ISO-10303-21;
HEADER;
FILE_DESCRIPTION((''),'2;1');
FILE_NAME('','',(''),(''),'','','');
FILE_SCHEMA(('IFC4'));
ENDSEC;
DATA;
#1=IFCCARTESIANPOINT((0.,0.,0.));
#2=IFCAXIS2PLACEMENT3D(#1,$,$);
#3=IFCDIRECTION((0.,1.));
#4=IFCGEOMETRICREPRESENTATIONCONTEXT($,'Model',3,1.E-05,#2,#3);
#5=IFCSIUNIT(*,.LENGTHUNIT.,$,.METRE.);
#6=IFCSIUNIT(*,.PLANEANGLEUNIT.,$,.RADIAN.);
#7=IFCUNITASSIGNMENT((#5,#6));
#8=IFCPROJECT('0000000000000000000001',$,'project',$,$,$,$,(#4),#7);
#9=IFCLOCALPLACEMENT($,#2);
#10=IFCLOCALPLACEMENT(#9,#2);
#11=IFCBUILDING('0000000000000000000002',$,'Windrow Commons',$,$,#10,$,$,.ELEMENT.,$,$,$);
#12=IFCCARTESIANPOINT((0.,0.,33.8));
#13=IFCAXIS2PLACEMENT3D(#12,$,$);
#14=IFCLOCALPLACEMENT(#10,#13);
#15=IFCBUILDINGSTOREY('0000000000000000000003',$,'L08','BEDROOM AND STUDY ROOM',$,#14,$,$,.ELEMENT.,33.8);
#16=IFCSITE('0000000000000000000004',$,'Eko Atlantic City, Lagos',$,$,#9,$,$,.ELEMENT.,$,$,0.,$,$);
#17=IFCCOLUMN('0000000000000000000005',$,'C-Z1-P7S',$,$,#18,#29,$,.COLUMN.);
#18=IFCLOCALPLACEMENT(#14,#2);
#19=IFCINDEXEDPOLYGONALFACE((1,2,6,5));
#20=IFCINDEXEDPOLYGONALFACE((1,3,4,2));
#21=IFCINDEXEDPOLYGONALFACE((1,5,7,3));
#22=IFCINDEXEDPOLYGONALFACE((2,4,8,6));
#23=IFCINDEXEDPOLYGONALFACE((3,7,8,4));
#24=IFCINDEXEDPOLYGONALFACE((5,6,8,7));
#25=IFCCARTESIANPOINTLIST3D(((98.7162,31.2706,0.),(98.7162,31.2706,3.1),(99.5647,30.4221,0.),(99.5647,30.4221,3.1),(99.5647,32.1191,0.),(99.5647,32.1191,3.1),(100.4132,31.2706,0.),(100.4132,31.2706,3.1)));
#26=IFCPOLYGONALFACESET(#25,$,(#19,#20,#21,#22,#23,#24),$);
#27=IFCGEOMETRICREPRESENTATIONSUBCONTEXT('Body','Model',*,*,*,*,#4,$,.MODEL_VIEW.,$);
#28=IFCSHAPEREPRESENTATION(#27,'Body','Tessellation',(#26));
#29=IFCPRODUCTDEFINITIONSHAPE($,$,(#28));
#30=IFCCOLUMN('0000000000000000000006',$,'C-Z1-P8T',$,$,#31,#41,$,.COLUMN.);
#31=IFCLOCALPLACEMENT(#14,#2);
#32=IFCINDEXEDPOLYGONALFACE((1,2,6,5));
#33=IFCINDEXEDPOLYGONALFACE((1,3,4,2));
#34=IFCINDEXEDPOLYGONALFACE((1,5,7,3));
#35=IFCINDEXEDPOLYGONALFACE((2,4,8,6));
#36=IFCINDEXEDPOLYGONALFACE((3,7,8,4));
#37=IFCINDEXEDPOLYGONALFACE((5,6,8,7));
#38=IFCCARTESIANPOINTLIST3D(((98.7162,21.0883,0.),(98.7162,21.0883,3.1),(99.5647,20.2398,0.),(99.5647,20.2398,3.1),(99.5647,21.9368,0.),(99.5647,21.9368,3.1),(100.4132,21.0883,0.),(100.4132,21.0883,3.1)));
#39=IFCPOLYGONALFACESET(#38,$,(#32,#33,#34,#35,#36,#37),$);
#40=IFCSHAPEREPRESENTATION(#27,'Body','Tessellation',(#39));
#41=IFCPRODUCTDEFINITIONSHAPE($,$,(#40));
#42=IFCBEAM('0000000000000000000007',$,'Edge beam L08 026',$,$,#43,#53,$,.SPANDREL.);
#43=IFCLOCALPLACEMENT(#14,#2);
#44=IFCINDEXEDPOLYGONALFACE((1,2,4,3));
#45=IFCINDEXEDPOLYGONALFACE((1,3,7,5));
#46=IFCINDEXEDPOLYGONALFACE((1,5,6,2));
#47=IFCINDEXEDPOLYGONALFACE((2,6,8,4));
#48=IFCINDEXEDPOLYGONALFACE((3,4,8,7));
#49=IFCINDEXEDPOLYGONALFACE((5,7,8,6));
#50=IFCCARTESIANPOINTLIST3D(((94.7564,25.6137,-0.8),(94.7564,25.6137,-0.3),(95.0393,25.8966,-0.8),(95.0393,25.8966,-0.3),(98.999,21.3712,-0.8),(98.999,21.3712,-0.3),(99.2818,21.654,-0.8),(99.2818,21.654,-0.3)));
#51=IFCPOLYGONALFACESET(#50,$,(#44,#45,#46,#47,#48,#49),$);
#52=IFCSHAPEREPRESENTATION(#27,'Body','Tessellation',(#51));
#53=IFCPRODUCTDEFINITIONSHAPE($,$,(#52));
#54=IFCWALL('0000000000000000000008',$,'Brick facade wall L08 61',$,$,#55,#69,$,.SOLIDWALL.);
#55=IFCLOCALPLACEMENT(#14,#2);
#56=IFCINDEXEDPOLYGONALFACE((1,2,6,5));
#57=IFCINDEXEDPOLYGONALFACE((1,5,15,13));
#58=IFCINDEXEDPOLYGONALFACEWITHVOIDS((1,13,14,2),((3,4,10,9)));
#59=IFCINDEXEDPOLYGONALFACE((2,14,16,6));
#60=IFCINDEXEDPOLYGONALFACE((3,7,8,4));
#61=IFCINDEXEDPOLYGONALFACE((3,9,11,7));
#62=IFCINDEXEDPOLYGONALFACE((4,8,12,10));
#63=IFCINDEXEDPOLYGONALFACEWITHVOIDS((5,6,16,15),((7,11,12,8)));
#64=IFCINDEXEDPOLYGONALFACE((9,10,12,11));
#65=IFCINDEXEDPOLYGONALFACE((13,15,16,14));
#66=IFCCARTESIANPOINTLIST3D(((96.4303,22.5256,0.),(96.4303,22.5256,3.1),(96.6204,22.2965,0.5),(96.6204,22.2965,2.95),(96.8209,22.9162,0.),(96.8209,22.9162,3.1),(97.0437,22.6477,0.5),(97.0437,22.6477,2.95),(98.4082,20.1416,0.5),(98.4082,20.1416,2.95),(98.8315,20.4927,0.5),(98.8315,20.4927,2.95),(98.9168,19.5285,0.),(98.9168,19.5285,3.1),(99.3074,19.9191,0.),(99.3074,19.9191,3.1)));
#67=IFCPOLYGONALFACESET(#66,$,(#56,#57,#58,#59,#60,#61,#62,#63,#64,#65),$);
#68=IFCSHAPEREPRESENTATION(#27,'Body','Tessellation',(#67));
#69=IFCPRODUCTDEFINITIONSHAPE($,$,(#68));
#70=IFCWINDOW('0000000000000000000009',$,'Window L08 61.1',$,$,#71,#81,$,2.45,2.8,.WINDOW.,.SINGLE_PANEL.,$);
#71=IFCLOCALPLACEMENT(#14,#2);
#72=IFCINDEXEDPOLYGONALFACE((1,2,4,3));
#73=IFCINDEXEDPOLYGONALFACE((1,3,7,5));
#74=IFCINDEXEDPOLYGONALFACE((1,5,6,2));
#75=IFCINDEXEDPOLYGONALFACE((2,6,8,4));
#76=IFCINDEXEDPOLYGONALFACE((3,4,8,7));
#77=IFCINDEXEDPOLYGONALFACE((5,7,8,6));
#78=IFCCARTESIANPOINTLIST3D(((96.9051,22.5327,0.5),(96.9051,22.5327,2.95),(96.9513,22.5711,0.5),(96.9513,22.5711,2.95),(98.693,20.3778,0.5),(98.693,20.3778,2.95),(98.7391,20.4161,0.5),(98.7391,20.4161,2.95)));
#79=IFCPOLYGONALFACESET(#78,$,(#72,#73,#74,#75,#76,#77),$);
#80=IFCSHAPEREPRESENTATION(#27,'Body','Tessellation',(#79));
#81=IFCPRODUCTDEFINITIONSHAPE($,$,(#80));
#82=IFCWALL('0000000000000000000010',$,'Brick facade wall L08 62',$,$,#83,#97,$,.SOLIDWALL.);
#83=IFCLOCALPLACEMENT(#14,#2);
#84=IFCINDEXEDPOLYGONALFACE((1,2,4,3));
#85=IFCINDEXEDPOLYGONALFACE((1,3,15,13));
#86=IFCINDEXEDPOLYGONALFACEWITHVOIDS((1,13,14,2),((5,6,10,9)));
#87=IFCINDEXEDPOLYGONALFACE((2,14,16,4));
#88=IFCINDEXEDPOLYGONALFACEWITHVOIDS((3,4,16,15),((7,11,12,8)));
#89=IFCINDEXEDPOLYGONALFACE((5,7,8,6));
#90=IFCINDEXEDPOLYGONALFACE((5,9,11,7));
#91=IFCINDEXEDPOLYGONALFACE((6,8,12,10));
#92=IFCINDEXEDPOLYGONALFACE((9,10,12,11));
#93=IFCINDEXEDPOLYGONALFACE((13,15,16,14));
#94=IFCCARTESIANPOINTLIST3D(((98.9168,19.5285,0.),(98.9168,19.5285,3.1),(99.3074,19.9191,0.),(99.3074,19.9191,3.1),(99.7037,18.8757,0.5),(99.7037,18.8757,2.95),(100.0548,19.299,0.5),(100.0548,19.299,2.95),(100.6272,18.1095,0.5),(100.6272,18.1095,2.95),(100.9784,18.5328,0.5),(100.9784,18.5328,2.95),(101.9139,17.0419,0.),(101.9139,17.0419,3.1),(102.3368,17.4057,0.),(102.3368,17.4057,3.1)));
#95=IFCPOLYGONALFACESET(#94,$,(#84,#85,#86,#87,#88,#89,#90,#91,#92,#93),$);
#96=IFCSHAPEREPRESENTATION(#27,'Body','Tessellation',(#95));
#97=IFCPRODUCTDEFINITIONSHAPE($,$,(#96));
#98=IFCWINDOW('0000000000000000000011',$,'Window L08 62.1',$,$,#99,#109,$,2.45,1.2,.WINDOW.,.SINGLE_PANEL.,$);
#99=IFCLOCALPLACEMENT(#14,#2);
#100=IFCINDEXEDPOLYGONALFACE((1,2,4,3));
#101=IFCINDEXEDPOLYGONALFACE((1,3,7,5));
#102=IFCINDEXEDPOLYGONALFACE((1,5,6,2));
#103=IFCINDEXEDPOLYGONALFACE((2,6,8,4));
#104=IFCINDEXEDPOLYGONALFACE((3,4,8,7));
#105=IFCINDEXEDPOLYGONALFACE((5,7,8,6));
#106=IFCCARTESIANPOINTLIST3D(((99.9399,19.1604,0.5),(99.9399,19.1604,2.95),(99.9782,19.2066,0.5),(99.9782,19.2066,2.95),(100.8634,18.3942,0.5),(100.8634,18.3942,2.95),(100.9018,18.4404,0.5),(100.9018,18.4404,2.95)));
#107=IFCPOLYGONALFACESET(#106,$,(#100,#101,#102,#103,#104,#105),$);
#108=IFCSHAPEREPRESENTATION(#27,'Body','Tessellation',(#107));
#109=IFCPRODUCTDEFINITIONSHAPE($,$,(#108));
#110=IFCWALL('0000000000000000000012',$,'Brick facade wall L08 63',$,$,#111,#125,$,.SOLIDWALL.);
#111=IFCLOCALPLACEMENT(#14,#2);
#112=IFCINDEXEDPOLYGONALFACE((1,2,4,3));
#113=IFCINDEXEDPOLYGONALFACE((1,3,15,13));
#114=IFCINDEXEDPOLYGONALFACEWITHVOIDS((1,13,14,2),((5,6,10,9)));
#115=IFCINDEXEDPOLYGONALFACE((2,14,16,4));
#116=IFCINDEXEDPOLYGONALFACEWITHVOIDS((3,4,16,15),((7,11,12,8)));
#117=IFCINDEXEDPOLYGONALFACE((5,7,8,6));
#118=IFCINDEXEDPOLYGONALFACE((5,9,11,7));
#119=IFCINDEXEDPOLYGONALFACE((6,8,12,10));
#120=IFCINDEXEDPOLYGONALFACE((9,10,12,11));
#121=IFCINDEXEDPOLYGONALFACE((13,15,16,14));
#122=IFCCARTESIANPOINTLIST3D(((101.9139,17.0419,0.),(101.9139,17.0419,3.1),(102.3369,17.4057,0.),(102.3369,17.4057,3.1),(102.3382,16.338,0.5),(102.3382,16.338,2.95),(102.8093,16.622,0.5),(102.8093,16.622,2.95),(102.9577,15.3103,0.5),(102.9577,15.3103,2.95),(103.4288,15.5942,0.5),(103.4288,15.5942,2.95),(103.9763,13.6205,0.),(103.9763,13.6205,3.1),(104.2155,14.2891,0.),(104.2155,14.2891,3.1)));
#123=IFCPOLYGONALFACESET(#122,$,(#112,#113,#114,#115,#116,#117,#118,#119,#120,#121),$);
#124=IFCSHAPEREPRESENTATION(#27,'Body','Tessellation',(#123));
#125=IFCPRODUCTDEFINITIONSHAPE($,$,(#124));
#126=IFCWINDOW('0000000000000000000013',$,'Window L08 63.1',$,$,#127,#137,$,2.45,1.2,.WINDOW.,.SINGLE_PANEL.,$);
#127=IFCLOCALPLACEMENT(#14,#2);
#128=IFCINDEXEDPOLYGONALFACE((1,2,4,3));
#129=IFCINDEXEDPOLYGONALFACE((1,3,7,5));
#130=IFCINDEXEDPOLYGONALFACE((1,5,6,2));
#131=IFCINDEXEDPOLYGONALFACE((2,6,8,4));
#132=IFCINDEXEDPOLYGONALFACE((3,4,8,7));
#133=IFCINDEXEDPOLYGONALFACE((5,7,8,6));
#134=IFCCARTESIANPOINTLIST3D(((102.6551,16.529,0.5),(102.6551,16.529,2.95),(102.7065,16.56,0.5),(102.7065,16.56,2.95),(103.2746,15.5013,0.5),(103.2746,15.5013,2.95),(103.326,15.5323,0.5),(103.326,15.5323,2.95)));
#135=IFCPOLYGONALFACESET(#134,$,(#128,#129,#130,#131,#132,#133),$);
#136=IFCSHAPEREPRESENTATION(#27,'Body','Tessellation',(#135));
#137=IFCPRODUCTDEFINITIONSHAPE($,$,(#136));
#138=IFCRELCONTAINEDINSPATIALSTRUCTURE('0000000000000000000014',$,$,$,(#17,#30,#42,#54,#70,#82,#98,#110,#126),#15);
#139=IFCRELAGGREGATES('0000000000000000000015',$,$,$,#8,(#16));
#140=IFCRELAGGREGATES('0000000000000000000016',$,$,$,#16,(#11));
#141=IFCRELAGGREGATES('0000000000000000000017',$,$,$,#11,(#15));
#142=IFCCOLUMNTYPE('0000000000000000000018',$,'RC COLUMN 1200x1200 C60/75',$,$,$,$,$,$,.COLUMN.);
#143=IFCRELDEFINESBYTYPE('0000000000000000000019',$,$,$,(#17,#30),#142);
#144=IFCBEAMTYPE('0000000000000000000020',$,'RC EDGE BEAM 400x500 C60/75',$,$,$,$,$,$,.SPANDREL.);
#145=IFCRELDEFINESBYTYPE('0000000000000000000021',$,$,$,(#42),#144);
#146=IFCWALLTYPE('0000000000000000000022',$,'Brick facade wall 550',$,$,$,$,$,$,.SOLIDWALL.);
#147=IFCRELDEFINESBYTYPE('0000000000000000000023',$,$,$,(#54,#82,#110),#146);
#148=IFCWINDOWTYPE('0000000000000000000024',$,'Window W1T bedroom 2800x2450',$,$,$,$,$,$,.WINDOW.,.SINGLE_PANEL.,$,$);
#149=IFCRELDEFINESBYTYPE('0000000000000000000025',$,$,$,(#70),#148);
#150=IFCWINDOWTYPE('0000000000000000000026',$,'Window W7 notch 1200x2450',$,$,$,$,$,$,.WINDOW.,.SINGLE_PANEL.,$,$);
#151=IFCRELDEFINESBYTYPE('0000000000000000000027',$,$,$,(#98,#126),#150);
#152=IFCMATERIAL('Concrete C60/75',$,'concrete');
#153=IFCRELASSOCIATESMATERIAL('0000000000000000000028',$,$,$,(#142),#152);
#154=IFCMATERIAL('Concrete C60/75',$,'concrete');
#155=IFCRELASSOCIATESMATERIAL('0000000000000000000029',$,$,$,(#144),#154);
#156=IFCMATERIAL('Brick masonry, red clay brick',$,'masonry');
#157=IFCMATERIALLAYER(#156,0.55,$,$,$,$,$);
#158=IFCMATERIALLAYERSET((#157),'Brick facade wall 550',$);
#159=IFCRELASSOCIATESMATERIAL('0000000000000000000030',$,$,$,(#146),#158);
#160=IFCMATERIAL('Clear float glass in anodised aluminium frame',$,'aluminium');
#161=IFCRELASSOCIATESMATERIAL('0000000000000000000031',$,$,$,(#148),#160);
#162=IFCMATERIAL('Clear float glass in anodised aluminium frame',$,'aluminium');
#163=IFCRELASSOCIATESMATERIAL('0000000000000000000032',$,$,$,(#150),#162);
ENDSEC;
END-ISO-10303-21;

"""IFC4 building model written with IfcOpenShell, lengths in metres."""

from ifc_helpers import new_model, si_unit, direction, frame, frame_2d, origin, origin_2d, place, context, subcontext, project, spatial, polyline, rectangle, outline, extrude, material, layer, layer_set, material_profile, profile_set, type_object, element, fill, save


model = new_model("IFC4")

# Units and contexts
model_context = context("Model", 3, precision=1e-05, world=origin(), true_north=direction((0.0, 1.0)))
body_context = subcontext(model_context, "Body", "Model", "MODEL_VIEW")
ifc_project = project(units=[si_unit("LENGTHUNIT", "METRE"), si_unit("PLANEANGLEUNIT", "RADIAN")], contexts=[model_context])

# Site, building, storey
site_placement = place(None, origin())
site = spatial("IfcSite", under=ifc_project, at=site_placement, Name="Eko Atlantic City, Lagos", CompositionType="ELEMENT", RefElevation=0.0)
building_placement = place(site_placement, origin())
building = spatial("IfcBuilding", under=site, at=building_placement, Name="Windrow Commons", CompositionType="ELEMENT")
storey_placement = place(building_placement, frame((0.0, 0.0, 33.8)))
storey = spatial("IfcBuildingStorey", under=building, at=storey_placement, Name="L08", Description="BEDROOM AND STUDY ROOM", CompositionType="ELEMENT", Elevation=33.8)

# Columns
ifc_material_1 = material(Name="Concrete C60/75", Category="concrete")
ifc_material_profile_1 = material_profile(ifc_material_1, rectangle(XDim=1.2, YDim=1.2, at=origin_2d()))
ifc_profile_set_1 = profile_set([ifc_material_profile_1], Name="Concrete C60/75")
column_type = type_object("IfcColumnType", Name="RC COLUMN 1200x1200 C60/75", PredefinedType="COLUMN", material=ifc_profile_set_1)
for number, where, z_axis, x_axis, name in (
    (1, (99.5647, 31.2706, 0.0), (0.0, 0.0, 1.0), (0.707107, -0.707107, 0.0), "C-Z1-P7S"),
    (2, (99.5647, 21.0883, 0.0), (0.0, 0.0, 1.0), (0.707107, -0.707107, 0.0), "C-Z1-P8T"),
):
    element("IfcColumn", number, at=place(storey_placement, frame(where, z_axis=z_axis, x_axis=x_axis)), inside=storey, type_object=column_type, Name=name, PredefinedType="COLUMN", context=body_context, shape_type="SweptSolid", body=[
        extrude(rectangle(XDim=1.2, YDim=1.2, at=origin_2d()), origin(), (0.0, 0.0, 1.0), 3.1),
    ])

# Beam
ifc_material_2 = material(Name="Concrete C60/75", Category="concrete")
ifc_material_profile_2 = material_profile(ifc_material_2, rectangle(XDim=0.4, YDim=0.5, at=origin_2d()))
ifc_profile_set_2 = profile_set([ifc_material_profile_2], Name="Concrete C60/75")
beam_type = type_object("IfcBeamType", Name="RC EDGE BEAM 400x500 C60/75", PredefinedType="SPANDREL", material=ifc_profile_set_2)
beam_placement = place(storey_placement, frame((99.1404, 21.5126, -0.55), z_axis=(-0.707107, 0.707107, 0.0), x_axis=(-0.707107, -0.707107, 0.0)))
element("IfcBeam", 3, at=beam_placement, inside=storey, type_object=beam_type, Name="Edge beam L08 026", PredefinedType="SPANDREL", context=body_context, shape_type="SweptSolid", body=[
    extrude(rectangle(XDim=0.4, YDim=0.5, at=origin_2d()), origin(), (0.0, 0.0, 1.0), 5.9999),
])

# Walls, openings, windows
ifc_material_3 = material(Name="Brick masonry, red clay brick", Category="masonry")
ifc_layer_1 = layer(ifc_material_3, 0.55)
ifc_layer_set_1 = layer_set([ifc_layer_1], Name="Brick facade wall 550")
wall_type_1 = type_object("IfcWallType", Name="Brick facade wall 550", PredefinedType="SOLIDWALL", material=ifc_layer_set_1)
wall_1_placement = place(storey_placement, frame((96.6256, 22.7209, 0.0), z_axis=(0.0, 0.0, 1.0), x_axis=(0.638503, -0.769619, 0.0)))
wall_1 = element("IfcWall", 4, at=wall_1_placement, inside=storey, type_object=wall_type_1, Name="Brick facade wall L08 61", PredefinedType="SOLIDWALL", context=body_context, shape_type="SweptSolid", body=[
    extrude(outline(polyline([(0.0256, -0.275), (3.9199, -0.275), (3.8687, 0.275), (-0.0256, 0.275), (0.0256, -0.275)])), origin(), (0.0, 0.0, 1.0), 3.1),
])
opening_1_placement = place(wall_1_placement, frame((0.3233, 0.0, 0.5)))
opening_1 = element("IfcOpeningElement", 5, at=opening_1_placement, cuts=wall_1, PredefinedType="OPENING", context=body_context, shape_type="SweptSolid", body=[
    extrude(rectangle(XDim=2.8, YDim=2.45, at=frame_2d((1.4, 1.225))), frame((0.0, 0.285, 0.0), z_axis=(0.0, -1.0, 0.0), x_axis=(1.0, 0.0, 0.0)), (0.0, 0.0, 1.0), 0.57),
])
ifc_material_4 = material(Name="Clear float glass in anodised aluminium frame", Category="aluminium")
window_type_1 = type_object("IfcWindowType", Name="Window W1T bedroom 2800x2450", PartitioningType="SINGLE_PANEL", PredefinedType="WINDOW", material=ifc_material_4)
window_1_placement = place(opening_1_placement, origin())
window_1 = element("IfcWindow", 6, at=window_1_placement, inside=storey, type_object=window_type_1, Name="Window L08 61.1", OverallHeight=2.45, OverallWidth=2.8, PartitioningType="SINGLE_PANEL", PredefinedType="WINDOW", context=body_context, shape_type="SweptSolid", body=[
    extrude(rectangle(XDim=2.8, YDim=2.45, at=frame_2d((1.4, 1.225))), frame((0.0, 0.155, 0.0), z_axis=(0.0, -1.0, 0.0), x_axis=(1.0, 0.0, 0.0)), (0.0, 0.0, 1.0), 0.06),
])
fill(opening_1, window_1)
wall_2_placement = place(storey_placement, frame((99.1121, 19.7238, 0.0), z_axis=(0.0, 0.0, 1.0), x_axis=(0.769612, -0.638512, 0.0)))
wall_2 = element("IfcWall", 7, at=wall_2_placement, inside=storey, type_object=wall_type_1, Name="Brick facade wall L08 62", PredefinedType="SOLIDWALL", context=body_context, shape_type="SweptSolid", body=[
    extrude(outline(polyline([(-0.0256, -0.275), (3.8687, -0.275), (3.9619, 0.275), (0.0256, 0.275), (-0.0256, -0.275)])), origin(), (0.0, 0.0, 1.0), 3.1),
])
opening_2_placement = place(wall_2_placement, frame((0.9968, 0.0, 0.5)))
opening_2 = element("IfcOpeningElement", 8, at=opening_2_placement, cuts=wall_2, PredefinedType="OPENING", context=body_context, shape_type="SweptSolid", body=[
    extrude(rectangle(XDim=1.2, YDim=2.45, at=frame_2d((0.6, 1.225))), frame((0.0, 0.285, 0.0), z_axis=(0.0, -1.0, 0.0), x_axis=(1.0, 0.0, 0.0)), (0.0, 0.0, 1.0), 0.57),
])
ifc_material_5 = material(Name="Clear float glass in anodised aluminium frame", Category="aluminium")
window_type_2 = type_object("IfcWindowType", Name="Window W7 notch 1200x2450", PartitioningType="SINGLE_PANEL", PredefinedType="WINDOW", material=ifc_material_5)
window_2_placement = place(opening_2_placement, origin())
window_2 = element("IfcWindow", 9, at=window_2_placement, inside=storey, type_object=window_type_2, Name="Window L08 62.1", OverallHeight=2.45, OverallWidth=1.2, PartitioningType="SINGLE_PANEL", PredefinedType="WINDOW", context=body_context, shape_type="SweptSolid", body=[
    extrude(rectangle(XDim=1.2, YDim=2.45, at=frame_2d((0.6, 1.225))), frame((0.0, 0.155, 0.0), z_axis=(0.0, -1.0, 0.0), x_axis=(1.0, 0.0, 0.0)), (0.0, 0.0, 1.0), 0.06),
])
fill(opening_2, window_2)
wall_3_placement = place(storey_placement, frame((102.1254, 17.2238, 0.0), z_axis=(0.0, 0.0, 1.0), x_axis=(0.516248, -0.856439, 0.0)))
wall_3 = element("IfcWall", 10, at=wall_3_placement, inside=storey, type_object=wall_type_1, Name="Brick facade wall L08 63", PredefinedType="SOLIDWALL", context=body_context, shape_type="SweptSolid", body=[
    extrude(outline(polyline([(0.0466, -0.275), (4.0415, -0.275), (3.5924, 0.275), (-0.0466, 0.275), (0.0466, -0.275)])), origin(), (0.0, 0.0, 1.0), 3.1),
])
opening_3_placement = place(wall_3_placement, frame((0.8685, 0.0, 0.5)))
opening_3 = element("IfcOpeningElement", 11, at=opening_3_placement, cuts=wall_3, PredefinedType="OPENING", context=body_context, shape_type="SweptSolid", body=[
    extrude(rectangle(XDim=1.2, YDim=2.45, at=frame_2d((0.6, 1.225))), frame((0.0, 0.285, 0.0), z_axis=(0.0, -1.0, 0.0), x_axis=(1.0, 0.0, 0.0)), (0.0, 0.0, 1.0), 0.57),
])
window_3_placement = place(opening_3_placement, origin())
window_3 = element("IfcWindow", 12, at=window_3_placement, inside=storey, type_object=window_type_2, Name="Window L08 63.1", OverallHeight=2.45, OverallWidth=1.2, PartitioningType="SINGLE_PANEL", PredefinedType="WINDOW", context=body_context, shape_type="SweptSolid", body=[
    extrude(rectangle(XDim=1.2, YDim=2.45, at=frame_2d((0.6, 1.225))), frame((0.0, 0.155, 0.0), z_axis=(0.0, -1.0, 0.0), x_axis=(1.0, 0.0, 0.0)), (0.0, 0.0, 1.0), 0.06),
])
fill(opening_3, window_3)

save(model, "model.ifc")
